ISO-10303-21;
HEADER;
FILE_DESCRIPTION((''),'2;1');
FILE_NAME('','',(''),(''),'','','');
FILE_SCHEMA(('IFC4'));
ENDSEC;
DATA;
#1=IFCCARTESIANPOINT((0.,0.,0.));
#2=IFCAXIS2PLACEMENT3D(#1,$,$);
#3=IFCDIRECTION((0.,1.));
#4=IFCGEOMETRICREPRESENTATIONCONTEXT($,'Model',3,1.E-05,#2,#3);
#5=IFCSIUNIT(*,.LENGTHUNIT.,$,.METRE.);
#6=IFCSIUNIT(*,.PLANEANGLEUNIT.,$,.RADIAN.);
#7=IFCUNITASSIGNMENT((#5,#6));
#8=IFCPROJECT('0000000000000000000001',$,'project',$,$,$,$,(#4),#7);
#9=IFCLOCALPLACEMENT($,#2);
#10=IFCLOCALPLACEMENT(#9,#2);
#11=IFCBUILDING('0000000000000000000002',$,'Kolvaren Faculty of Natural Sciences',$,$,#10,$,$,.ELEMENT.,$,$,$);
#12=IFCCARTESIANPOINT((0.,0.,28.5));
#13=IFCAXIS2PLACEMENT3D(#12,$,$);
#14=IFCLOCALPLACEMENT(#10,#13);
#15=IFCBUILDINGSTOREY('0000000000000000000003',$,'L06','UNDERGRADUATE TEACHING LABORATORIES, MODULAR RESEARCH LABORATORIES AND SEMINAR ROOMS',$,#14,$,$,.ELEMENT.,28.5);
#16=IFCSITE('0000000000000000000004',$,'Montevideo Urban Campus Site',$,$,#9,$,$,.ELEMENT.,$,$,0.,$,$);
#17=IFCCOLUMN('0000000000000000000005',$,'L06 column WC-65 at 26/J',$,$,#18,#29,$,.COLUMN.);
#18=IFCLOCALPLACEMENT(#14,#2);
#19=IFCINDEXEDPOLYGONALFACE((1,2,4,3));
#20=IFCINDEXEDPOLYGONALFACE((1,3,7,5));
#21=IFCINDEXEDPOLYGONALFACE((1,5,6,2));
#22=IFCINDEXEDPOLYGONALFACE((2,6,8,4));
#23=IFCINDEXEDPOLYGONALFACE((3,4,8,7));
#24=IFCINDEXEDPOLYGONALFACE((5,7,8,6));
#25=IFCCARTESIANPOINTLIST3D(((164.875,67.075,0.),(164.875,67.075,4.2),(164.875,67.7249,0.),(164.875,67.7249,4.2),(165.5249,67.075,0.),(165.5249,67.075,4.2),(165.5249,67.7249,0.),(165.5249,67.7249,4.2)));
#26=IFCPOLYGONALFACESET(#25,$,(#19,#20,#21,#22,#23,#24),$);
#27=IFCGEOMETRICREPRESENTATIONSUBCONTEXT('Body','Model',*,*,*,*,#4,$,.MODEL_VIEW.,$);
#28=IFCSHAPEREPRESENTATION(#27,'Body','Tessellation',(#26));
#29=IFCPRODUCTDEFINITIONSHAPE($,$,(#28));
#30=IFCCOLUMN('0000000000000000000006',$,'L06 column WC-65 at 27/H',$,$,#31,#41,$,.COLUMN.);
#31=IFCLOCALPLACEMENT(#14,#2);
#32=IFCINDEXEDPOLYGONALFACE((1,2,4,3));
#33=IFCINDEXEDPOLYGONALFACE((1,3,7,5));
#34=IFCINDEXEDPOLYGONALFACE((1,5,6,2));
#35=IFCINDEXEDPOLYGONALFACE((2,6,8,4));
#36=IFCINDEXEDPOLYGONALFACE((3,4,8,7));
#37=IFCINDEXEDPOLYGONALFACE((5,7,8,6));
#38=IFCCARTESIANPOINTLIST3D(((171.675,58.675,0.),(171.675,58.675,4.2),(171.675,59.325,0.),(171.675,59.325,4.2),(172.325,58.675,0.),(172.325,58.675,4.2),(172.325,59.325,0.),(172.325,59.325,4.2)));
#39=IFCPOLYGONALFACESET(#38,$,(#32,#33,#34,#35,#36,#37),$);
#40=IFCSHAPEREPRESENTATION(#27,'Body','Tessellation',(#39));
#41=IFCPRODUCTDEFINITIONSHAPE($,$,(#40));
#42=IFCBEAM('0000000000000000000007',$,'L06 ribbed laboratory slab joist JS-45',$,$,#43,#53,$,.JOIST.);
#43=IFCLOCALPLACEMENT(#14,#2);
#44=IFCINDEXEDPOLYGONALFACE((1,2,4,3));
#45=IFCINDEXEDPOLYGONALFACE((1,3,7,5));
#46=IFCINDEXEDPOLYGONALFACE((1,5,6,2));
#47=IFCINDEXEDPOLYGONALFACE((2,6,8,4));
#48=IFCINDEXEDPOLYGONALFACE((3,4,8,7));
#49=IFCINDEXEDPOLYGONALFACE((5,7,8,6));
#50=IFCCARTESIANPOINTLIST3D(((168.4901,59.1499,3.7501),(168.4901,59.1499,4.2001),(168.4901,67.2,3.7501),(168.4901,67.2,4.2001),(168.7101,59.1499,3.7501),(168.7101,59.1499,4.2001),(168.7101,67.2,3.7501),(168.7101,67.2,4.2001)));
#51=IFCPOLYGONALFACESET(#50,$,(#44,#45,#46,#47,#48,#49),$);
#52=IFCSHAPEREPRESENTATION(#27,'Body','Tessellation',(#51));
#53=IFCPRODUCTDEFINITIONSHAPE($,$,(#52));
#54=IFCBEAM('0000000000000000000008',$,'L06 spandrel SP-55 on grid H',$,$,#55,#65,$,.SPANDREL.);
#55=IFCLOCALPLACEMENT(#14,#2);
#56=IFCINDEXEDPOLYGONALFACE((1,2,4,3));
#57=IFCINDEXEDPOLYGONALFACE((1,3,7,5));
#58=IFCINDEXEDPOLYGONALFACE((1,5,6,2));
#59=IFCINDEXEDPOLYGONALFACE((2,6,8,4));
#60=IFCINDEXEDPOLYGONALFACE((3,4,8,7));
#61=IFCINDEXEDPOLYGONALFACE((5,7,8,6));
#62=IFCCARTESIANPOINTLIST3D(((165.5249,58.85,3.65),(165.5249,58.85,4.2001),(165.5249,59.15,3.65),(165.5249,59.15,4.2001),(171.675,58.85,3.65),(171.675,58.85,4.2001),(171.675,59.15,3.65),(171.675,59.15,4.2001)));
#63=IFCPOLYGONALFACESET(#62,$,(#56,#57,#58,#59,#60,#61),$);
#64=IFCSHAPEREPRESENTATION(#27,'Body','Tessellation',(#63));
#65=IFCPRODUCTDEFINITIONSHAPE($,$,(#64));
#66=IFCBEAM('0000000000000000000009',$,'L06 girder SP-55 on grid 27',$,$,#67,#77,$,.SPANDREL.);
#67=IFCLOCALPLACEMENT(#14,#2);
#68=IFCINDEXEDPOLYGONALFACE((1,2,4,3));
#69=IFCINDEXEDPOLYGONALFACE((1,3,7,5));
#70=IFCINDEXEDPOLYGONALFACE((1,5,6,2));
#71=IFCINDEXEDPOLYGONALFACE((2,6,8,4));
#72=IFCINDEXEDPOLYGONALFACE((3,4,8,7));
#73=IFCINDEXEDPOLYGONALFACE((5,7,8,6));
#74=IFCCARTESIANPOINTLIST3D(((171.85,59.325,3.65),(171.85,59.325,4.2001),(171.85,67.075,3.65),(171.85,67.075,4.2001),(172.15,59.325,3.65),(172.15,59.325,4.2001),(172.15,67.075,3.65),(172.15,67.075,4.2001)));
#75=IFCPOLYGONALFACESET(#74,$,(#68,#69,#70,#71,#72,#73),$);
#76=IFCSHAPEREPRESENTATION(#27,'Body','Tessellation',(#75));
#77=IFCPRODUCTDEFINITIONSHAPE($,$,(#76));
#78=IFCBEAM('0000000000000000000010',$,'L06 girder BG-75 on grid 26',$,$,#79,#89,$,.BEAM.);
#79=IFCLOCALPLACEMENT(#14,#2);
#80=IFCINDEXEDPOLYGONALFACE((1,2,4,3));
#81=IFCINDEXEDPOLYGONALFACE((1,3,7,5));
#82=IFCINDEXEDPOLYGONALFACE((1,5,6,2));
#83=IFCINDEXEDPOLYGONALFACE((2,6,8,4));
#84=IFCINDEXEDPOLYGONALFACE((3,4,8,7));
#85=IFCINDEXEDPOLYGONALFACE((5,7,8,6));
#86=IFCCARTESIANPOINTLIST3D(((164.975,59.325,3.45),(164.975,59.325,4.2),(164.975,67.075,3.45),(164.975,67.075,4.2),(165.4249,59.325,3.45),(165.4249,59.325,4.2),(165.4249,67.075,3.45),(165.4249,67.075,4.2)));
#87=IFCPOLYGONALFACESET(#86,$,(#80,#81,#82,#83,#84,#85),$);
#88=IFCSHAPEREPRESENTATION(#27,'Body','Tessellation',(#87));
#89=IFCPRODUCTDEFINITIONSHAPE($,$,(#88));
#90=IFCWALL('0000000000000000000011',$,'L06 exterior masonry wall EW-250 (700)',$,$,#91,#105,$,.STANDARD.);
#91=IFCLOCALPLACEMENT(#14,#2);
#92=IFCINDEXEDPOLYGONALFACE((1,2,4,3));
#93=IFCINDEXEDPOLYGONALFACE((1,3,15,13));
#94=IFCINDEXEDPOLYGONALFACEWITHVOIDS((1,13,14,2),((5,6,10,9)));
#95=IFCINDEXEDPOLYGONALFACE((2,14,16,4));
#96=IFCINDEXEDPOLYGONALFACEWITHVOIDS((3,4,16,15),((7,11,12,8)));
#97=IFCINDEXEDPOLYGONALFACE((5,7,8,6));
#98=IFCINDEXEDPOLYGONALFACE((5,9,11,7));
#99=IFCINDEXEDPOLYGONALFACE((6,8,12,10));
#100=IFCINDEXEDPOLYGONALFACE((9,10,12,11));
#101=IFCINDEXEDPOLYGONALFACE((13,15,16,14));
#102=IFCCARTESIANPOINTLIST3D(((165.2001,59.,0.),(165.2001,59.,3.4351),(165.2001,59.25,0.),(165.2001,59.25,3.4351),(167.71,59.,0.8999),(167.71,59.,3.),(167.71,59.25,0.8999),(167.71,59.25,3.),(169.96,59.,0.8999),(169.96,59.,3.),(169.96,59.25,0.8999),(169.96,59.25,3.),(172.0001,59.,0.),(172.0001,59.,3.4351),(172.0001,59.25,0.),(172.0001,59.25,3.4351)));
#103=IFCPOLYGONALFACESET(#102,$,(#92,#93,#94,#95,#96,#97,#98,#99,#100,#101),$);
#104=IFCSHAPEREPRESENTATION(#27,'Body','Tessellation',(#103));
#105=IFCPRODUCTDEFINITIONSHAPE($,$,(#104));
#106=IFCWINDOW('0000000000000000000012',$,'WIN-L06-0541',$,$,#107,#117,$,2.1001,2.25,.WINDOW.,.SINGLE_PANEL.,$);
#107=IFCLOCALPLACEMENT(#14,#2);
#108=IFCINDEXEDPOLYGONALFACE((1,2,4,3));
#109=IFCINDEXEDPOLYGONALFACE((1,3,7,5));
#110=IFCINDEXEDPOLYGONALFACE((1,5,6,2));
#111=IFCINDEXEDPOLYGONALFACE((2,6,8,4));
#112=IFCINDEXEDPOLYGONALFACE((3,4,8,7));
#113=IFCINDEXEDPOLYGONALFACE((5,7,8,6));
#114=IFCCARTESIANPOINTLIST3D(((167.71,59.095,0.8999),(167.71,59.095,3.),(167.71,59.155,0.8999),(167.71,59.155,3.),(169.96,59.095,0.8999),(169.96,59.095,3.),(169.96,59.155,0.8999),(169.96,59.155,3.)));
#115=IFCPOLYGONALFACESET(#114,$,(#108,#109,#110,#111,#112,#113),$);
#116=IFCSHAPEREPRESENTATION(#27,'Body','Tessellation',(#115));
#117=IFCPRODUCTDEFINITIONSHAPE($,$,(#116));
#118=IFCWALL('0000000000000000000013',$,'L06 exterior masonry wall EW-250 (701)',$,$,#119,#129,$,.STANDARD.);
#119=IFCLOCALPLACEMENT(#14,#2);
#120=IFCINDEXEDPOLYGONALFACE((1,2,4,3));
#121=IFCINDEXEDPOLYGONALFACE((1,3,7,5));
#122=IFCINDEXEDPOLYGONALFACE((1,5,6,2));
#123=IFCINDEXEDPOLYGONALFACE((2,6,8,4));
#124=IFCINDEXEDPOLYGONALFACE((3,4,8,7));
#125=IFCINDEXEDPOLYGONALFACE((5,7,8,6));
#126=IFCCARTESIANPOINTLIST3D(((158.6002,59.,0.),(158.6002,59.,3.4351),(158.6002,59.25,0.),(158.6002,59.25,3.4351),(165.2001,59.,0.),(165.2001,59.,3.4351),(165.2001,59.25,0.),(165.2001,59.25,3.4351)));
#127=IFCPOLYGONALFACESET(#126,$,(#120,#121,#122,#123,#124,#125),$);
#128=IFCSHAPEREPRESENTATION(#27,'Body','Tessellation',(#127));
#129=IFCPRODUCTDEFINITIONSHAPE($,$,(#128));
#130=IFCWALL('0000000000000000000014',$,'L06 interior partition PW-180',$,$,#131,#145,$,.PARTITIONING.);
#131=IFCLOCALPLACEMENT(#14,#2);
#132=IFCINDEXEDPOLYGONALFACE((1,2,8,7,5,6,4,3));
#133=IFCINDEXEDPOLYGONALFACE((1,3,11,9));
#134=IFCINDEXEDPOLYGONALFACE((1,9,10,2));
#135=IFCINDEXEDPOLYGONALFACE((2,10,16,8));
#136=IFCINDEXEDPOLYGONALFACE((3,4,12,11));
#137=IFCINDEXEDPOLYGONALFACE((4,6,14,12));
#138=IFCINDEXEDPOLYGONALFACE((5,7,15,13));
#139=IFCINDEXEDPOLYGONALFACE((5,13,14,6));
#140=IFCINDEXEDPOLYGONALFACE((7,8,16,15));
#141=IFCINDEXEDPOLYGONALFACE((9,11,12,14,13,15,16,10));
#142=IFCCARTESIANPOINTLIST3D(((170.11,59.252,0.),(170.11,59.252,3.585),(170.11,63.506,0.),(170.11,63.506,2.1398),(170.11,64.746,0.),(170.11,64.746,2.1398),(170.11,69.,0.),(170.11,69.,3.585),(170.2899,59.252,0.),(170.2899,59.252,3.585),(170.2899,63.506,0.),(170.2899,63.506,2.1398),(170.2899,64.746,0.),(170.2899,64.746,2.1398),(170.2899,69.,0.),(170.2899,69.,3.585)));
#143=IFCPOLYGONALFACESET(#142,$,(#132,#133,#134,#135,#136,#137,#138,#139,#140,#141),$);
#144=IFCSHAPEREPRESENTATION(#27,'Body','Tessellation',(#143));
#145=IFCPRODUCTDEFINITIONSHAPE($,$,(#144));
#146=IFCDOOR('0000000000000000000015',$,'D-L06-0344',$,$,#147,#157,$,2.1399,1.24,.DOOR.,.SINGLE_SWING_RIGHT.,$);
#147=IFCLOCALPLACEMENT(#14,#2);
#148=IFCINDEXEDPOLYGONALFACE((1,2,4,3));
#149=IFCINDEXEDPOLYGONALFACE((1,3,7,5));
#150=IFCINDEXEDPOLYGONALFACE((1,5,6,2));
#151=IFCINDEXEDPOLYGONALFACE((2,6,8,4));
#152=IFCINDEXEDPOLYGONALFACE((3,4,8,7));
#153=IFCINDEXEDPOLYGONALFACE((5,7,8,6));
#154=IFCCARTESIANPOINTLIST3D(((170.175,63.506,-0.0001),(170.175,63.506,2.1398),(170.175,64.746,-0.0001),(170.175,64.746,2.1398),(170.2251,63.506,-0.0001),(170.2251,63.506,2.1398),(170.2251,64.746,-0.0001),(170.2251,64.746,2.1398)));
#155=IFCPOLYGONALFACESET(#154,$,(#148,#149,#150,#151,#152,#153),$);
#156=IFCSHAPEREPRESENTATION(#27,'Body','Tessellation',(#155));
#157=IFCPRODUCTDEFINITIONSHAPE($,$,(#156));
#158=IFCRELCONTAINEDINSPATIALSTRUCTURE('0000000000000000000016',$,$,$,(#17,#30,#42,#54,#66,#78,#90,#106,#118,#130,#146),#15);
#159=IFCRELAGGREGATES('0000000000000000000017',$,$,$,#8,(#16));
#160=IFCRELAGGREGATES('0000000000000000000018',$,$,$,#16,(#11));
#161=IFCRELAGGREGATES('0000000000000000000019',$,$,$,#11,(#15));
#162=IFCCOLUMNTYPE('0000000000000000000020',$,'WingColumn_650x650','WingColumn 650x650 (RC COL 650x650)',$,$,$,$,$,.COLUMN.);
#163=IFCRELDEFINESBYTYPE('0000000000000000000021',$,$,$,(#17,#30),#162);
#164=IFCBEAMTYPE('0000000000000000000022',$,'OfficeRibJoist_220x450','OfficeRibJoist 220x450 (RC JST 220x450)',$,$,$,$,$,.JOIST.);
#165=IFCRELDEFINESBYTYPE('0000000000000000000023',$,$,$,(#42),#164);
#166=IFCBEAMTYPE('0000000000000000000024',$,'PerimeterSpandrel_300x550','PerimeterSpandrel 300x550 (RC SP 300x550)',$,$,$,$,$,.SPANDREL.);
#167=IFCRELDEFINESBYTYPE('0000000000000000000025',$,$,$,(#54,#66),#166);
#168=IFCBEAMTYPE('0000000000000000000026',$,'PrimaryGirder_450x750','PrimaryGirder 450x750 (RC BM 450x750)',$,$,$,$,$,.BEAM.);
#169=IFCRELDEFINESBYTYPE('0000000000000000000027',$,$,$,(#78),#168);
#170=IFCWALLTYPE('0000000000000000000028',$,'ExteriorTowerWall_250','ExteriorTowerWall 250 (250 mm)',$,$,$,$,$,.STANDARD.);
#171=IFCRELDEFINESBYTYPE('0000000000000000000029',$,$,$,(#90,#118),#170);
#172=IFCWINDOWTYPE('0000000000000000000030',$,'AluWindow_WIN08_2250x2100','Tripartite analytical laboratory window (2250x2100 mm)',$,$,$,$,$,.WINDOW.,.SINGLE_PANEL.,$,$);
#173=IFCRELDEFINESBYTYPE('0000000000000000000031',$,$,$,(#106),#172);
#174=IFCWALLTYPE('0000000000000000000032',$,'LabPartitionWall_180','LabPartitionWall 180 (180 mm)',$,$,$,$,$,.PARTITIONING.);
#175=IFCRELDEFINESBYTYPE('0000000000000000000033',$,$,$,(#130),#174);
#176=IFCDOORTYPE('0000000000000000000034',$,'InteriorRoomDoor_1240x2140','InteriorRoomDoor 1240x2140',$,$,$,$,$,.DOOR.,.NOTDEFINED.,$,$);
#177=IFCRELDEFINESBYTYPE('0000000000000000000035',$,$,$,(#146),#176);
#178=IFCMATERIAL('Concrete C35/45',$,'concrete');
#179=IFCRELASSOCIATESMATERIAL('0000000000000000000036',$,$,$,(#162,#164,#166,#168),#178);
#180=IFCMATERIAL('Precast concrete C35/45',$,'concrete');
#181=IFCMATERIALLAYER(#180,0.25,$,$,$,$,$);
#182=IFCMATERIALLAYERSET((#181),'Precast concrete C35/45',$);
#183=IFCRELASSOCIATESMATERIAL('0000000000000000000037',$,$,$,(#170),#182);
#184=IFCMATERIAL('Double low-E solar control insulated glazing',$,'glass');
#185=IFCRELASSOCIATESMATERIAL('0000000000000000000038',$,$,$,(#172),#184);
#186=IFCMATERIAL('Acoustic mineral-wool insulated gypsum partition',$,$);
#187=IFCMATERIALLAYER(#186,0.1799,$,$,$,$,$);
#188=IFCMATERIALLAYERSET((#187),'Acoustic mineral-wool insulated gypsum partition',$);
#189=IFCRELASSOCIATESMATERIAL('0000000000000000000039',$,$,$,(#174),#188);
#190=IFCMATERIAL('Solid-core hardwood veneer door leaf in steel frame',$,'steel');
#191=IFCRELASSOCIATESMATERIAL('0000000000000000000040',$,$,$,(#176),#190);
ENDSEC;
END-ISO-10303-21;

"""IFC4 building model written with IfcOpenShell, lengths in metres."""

from ifc_helpers import new_model, si_unit, direction, frame, frame_2d, origin, origin_2d, place, context, subcontext, project, spatial, rectangle, extrude, material, layer, layer_set, material_profile, profile_set, type_object, element, fill, save


model = new_model("IFC4")

# Units and contexts
model_context = context("Model", 3, precision=1e-05, world=origin(), true_north=direction((0.0, 1.0)))
body_context = subcontext(model_context, "Body", "Model", "MODEL_VIEW")
ifc_project = project(units=[si_unit("LENGTHUNIT", "METRE"), si_unit("PLANEANGLEUNIT", "RADIAN")], contexts=[model_context])

# Site, building, storey
site_placement = place(None, origin())
site = spatial("IfcSite", under=ifc_project, at=site_placement, Name="Montevideo Urban Campus Site", CompositionType="ELEMENT", RefElevation=0.0)
building_placement = place(site_placement, origin())
building = spatial("IfcBuilding", under=site, at=building_placement, Name="Kolvaren Faculty of Natural Sciences", CompositionType="ELEMENT")
storey_placement = place(building_placement, frame((0.0, 0.0, 28.5)))
storey = spatial("IfcBuildingStorey", under=building, at=storey_placement, Name="L06", Description="UNDERGRADUATE TEACHING LABORATORIES, MODULAR RESEARCH LABORATORIES AND SEMINAR ROOMS", CompositionType="ELEMENT", Elevation=28.5)

# Columns
ifc_material_1 = material(Name="Concrete C35/45", Category="concrete")
ifc_material_profile_1 = material_profile(ifc_material_1, rectangle(XDim=0.6499, YDim=0.6499, at=origin_2d()), Name="RC COL 650x650")
ifc_profile_set_1 = profile_set([ifc_material_profile_1], Name="Concrete C35/45")
column_type = type_object("IfcColumnType", Name="WingColumn_650x650", Description="WingColumn 650x650 (RC COL 650x650)", PredefinedType="COLUMN", material=ifc_profile_set_1)
for number, where, z_axis, x_axis, name in (
    (1, (165.2, 67.3999, 0.0), (0.0, 0.0, 1.0), (1.0, 0.0, 0.0), "L06 column WC-65 at 26/J"),
    (2, (172.0, 59.0, 0.0), (0.0, 0.0, 1.0), (1.0, 0.0, 0.0), "L06 column WC-65 at 27/H"),
):
    element("IfcColumn", number, at=place(storey_placement, frame(where, z_axis=z_axis, x_axis=x_axis)), inside=storey, type_object=column_type, Name=name, PredefinedType="COLUMN", context=body_context, shape_type="SweptSolid", body=[
        extrude(rectangle(XDim=0.6499, YDim=0.6499, at=origin_2d()), origin(), (0.0, 0.0, 1.0), 4.2),
    ])

# Beams
ifc_material_profile_2 = material_profile(ifc_material_1, rectangle(XDim=0.22, YDim=0.45, at=origin_2d()), Name="RC JST 220x450")
ifc_profile_set_2 = profile_set([ifc_material_profile_2], Name="Concrete C35/45")
beam_type_1 = type_object("IfcBeamType", Name="OfficeRibJoist_220x450", Description="OfficeRibJoist 220x450 (RC JST 220x450)", PredefinedType="JOIST", material=ifc_profile_set_2)
beam_1_placement = place(storey_placement, frame((168.6001, 59.1499, 3.9751), z_axis=(0.0, 1.0, 0.0), x_axis=(-1.0, 0.0, 0.0)))
element("IfcBeam", 3, at=beam_1_placement, inside=storey, type_object=beam_type_1, Name="L06 ribbed laboratory slab joist JS-45", PredefinedType="JOIST", context=body_context, shape_type="SweptSolid", body=[
    extrude(rectangle(XDim=0.22, YDim=0.45, at=origin_2d()), origin(), (0.0, 0.0, 1.0), 8.05),
])
ifc_material_profile_3 = material_profile(ifc_material_1, rectangle(XDim=0.3, YDim=0.55, at=origin_2d()), Name="RC SP 300x550")
ifc_profile_set_3 = profile_set([ifc_material_profile_3], Name="Concrete C35/45")
beam_type_2 = type_object("IfcBeamType", Name="PerimeterSpandrel_300x550", Description="PerimeterSpandrel 300x550 (RC SP 300x550)", PredefinedType="SPANDREL", material=ifc_profile_set_3)
beam_2_placement = place(storey_placement, frame((165.5249, 59.0, 3.925), z_axis=(1.0, 0.0, 0.0), x_axis=(0.0, 1.0, 0.0)))
element("IfcBeam", 4, at=beam_2_placement, inside=storey, type_object=beam_type_2, Name="L06 spandrel SP-55 on grid H", PredefinedType="SPANDREL", context=body_context, shape_type="SweptSolid", body=[
    extrude(rectangle(XDim=0.3, YDim=0.55, at=origin_2d()), origin(), (0.0, 0.0, 1.0), 6.1501),
])
beam_3_placement = place(storey_placement, frame((172.0, 59.325, 3.925), z_axis=(0.0, 1.0, 0.0), x_axis=(-1.0, 0.0, 0.0)))
element("IfcBeam", 5, at=beam_3_placement, inside=storey, type_object=beam_type_2, Name="L06 girder SP-55 on grid 27", PredefinedType="SPANDREL", context=body_context, shape_type="SweptSolid", body=[
    extrude(rectangle(XDim=0.3, YDim=0.55, at=origin_2d()), origin(), (0.0, 0.0, 1.0), 7.75),
])
ifc_material_profile_4 = material_profile(ifc_material_1, rectangle(XDim=0.45, YDim=0.75, at=origin_2d()), Name="RC BM 450x750")
ifc_profile_set_4 = profile_set([ifc_material_profile_4], Name="Concrete C35/45")
beam_type_3 = type_object("IfcBeamType", Name="PrimaryGirder_450x750", Description="PrimaryGirder 450x750 (RC BM 450x750)", PredefinedType="BEAM", material=ifc_profile_set_4)
beam_4_placement = place(storey_placement, frame((165.2, 59.325, 3.825), z_axis=(0.0, 1.0, 0.0), x_axis=(-1.0, 0.0, 0.0)))
element("IfcBeam", 6, at=beam_4_placement, inside=storey, type_object=beam_type_3, Name="L06 girder BG-75 on grid 26", PredefinedType="BEAM", context=body_context, shape_type="SweptSolid", body=[
    extrude(rectangle(XDim=0.45, YDim=0.75, at=origin_2d()), origin(), (0.0, 0.0, 1.0), 7.75),
])

# Wall, opening, window
ifc_material_2 = material(Name="Precast concrete C35/45", Category="concrete")
ifc_layer_1 = layer(ifc_material_2, 0.25)
ifc_layer_set_1 = layer_set([ifc_layer_1], Name="Precast concrete C35/45")
wall_type_1 = type_object("IfcWallType", Name="ExteriorTowerWall_250", Description="ExteriorTowerWall 250 (250 mm)", PredefinedType="STANDARD", material=ifc_layer_set_1)
wall_1_placement = place(storey_placement, frame((172.0, 59.125, 0.0), z_axis=(0.0, 0.0, 1.0), x_axis=(-1.0, 0.0, 0.0)))
wall_1 = element("IfcWall", 7, at=wall_1_placement, inside=storey, type_object=wall_type_1, Name="L06 exterior masonry wall EW-250 (700)", PredefinedType="STANDARD", context=body_context, shape_type="SweptSolid", body=[
    extrude(rectangle(XDim=6.8, YDim=0.25, at=frame_2d((3.3999, 0.0))), origin(), (0.0, 0.0, 1.0), 3.4351),
])
opening_1_placement = place(wall_1_placement, frame((2.04, 0.0, 0.8999)))
opening_1 = element("IfcOpeningElement", 8, at=opening_1_placement, cuts=wall_1, PredefinedType="OPENING", context=body_context, shape_type="SweptSolid", body=[
    extrude(rectangle(XDim=2.25, YDim=2.1001, at=frame_2d((1.125, 1.05))), frame((0.0, 0.135, 0.0), z_axis=(0.0, -1.0, 0.0), x_axis=(1.0, 0.0, 0.0)), (0.0, 0.0, 1.0), 0.27),
])
ifc_material_3 = material(Name="Double low-E solar control insulated glazing", Category="glass")
window_type = type_object("IfcWindowType", Name="AluWindow_WIN08_2250x2100", Description="Tripartite analytical laboratory window (2250x2100 mm)", PartitioningType="SINGLE_PANEL", PredefinedType="WINDOW", material=ifc_material_3)
window_placement = place(opening_1_placement, origin())
window = element("IfcWindow", 9, at=window_placement, inside=storey, type_object=window_type, Name="WIN-L06-0541", OverallHeight=2.1001, OverallWidth=2.25, PartitioningType="SINGLE_PANEL", PredefinedType="WINDOW", context=body_context, shape_type="SweptSolid", body=[
    extrude(rectangle(XDim=2.25, YDim=2.1001, at=frame_2d((1.125, 1.05))), frame((0.0, 0.03, 0.0), z_axis=(0.0, -1.0, 0.0), x_axis=(1.0, 0.0, 0.0)), (0.0, 0.0, 1.0), 0.0601),
])
fill(opening_1, window)

# Wall
wall_2_placement = place(storey_placement, frame((165.2, 59.125, 0.0), z_axis=(0.0, 0.0, 1.0), x_axis=(-1.0, 0.0, 0.0)))
element("IfcWall", 10, at=wall_2_placement, inside=storey, type_object=wall_type_1, Name="L06 exterior masonry wall EW-250 (701)", PredefinedType="STANDARD", context=body_context, shape_type="SweptSolid", body=[
    extrude(rectangle(XDim=6.5999, YDim=0.25, at=frame_2d((3.2998, 0.0))), origin(), (0.0, 0.0, 1.0), 3.4351),
])

# Wall, opening, door
ifc_material_4 = material(Name="Acoustic mineral-wool insulated gypsum partition")
ifc_layer_2 = layer(ifc_material_4, 0.1799)
ifc_layer_set_2 = layer_set([ifc_layer_2], Name="Acoustic mineral-wool insulated gypsum partition")
wall_type_2 = type_object("IfcWallType", Name="LabPartitionWall_180", Description="LabPartitionWall 180 (180 mm)", PredefinedType="PARTITIONING", material=ifc_layer_set_2)
wall_3_placement = place(storey_placement, frame((170.2, 59.252, 0.0), z_axis=(0.0, 0.0, 1.0), x_axis=(0.0, 1.0, 0.0)))
wall_3 = element("IfcWall", 11, at=wall_3_placement, inside=storey, type_object=wall_type_2, Name="L06 interior partition PW-180", PredefinedType="PARTITIONING", context=body_context, shape_type="SweptSolid", body=[
    extrude(rectangle(XDim=9.748, YDim=0.1799, at=frame_2d((4.874, 0.0))), origin(), (0.0, 0.0, 1.0), 3.585),
])
opening_2_placement = place(wall_3_placement, frame((4.2539, 0.0, 0.0)))
opening_2 = element("IfcOpeningElement", 12, at=opening_2_placement, cuts=wall_3, PredefinedType="OPENING", context=body_context, shape_type="SweptSolid", body=[
    extrude(rectangle(XDim=1.24, YDim=2.1399, at=frame_2d((0.6201, 1.0698))), frame((0.0, 0.0999, 0.0), z_axis=(0.0, -1.0, 0.0), x_axis=(1.0, 0.0, 0.0)), (0.0, 0.0, 1.0), 0.2),
])
ifc_material_5 = material(Name="Solid-core hardwood veneer door leaf in steel frame", Category="steel")
door_type_1 = type_object("IfcDoorType", Name="InteriorRoomDoor_1240x2140", Description="InteriorRoomDoor 1240x2140", OperationType="NOTDEFINED", PredefinedType="DOOR", material=ifc_material_5)
door_1_placement = place(opening_2_placement, origin())
door_1 = element("IfcDoor", 13, at=door_1_placement, inside=storey, type_object=door_type_1, Name="D-L06-0344", OperationType="SINGLE_SWING_RIGHT", OverallHeight=2.1399, OverallWidth=1.24, PredefinedType="DOOR", context=body_context, shape_type="SweptSolid", body=[
    extrude(rectangle(XDim=1.24, YDim=2.1399, at=frame_2d((0.6201, 1.0698))), frame((0.0, 0.0249, 0.0), z_axis=(0.0, -1.0, 0.0), x_axis=(1.0, 0.0, 0.0)), (0.0, 0.0, 1.0), 0.05),
])
fill(opening_2, door_1)

save(model, "model.ifc")
